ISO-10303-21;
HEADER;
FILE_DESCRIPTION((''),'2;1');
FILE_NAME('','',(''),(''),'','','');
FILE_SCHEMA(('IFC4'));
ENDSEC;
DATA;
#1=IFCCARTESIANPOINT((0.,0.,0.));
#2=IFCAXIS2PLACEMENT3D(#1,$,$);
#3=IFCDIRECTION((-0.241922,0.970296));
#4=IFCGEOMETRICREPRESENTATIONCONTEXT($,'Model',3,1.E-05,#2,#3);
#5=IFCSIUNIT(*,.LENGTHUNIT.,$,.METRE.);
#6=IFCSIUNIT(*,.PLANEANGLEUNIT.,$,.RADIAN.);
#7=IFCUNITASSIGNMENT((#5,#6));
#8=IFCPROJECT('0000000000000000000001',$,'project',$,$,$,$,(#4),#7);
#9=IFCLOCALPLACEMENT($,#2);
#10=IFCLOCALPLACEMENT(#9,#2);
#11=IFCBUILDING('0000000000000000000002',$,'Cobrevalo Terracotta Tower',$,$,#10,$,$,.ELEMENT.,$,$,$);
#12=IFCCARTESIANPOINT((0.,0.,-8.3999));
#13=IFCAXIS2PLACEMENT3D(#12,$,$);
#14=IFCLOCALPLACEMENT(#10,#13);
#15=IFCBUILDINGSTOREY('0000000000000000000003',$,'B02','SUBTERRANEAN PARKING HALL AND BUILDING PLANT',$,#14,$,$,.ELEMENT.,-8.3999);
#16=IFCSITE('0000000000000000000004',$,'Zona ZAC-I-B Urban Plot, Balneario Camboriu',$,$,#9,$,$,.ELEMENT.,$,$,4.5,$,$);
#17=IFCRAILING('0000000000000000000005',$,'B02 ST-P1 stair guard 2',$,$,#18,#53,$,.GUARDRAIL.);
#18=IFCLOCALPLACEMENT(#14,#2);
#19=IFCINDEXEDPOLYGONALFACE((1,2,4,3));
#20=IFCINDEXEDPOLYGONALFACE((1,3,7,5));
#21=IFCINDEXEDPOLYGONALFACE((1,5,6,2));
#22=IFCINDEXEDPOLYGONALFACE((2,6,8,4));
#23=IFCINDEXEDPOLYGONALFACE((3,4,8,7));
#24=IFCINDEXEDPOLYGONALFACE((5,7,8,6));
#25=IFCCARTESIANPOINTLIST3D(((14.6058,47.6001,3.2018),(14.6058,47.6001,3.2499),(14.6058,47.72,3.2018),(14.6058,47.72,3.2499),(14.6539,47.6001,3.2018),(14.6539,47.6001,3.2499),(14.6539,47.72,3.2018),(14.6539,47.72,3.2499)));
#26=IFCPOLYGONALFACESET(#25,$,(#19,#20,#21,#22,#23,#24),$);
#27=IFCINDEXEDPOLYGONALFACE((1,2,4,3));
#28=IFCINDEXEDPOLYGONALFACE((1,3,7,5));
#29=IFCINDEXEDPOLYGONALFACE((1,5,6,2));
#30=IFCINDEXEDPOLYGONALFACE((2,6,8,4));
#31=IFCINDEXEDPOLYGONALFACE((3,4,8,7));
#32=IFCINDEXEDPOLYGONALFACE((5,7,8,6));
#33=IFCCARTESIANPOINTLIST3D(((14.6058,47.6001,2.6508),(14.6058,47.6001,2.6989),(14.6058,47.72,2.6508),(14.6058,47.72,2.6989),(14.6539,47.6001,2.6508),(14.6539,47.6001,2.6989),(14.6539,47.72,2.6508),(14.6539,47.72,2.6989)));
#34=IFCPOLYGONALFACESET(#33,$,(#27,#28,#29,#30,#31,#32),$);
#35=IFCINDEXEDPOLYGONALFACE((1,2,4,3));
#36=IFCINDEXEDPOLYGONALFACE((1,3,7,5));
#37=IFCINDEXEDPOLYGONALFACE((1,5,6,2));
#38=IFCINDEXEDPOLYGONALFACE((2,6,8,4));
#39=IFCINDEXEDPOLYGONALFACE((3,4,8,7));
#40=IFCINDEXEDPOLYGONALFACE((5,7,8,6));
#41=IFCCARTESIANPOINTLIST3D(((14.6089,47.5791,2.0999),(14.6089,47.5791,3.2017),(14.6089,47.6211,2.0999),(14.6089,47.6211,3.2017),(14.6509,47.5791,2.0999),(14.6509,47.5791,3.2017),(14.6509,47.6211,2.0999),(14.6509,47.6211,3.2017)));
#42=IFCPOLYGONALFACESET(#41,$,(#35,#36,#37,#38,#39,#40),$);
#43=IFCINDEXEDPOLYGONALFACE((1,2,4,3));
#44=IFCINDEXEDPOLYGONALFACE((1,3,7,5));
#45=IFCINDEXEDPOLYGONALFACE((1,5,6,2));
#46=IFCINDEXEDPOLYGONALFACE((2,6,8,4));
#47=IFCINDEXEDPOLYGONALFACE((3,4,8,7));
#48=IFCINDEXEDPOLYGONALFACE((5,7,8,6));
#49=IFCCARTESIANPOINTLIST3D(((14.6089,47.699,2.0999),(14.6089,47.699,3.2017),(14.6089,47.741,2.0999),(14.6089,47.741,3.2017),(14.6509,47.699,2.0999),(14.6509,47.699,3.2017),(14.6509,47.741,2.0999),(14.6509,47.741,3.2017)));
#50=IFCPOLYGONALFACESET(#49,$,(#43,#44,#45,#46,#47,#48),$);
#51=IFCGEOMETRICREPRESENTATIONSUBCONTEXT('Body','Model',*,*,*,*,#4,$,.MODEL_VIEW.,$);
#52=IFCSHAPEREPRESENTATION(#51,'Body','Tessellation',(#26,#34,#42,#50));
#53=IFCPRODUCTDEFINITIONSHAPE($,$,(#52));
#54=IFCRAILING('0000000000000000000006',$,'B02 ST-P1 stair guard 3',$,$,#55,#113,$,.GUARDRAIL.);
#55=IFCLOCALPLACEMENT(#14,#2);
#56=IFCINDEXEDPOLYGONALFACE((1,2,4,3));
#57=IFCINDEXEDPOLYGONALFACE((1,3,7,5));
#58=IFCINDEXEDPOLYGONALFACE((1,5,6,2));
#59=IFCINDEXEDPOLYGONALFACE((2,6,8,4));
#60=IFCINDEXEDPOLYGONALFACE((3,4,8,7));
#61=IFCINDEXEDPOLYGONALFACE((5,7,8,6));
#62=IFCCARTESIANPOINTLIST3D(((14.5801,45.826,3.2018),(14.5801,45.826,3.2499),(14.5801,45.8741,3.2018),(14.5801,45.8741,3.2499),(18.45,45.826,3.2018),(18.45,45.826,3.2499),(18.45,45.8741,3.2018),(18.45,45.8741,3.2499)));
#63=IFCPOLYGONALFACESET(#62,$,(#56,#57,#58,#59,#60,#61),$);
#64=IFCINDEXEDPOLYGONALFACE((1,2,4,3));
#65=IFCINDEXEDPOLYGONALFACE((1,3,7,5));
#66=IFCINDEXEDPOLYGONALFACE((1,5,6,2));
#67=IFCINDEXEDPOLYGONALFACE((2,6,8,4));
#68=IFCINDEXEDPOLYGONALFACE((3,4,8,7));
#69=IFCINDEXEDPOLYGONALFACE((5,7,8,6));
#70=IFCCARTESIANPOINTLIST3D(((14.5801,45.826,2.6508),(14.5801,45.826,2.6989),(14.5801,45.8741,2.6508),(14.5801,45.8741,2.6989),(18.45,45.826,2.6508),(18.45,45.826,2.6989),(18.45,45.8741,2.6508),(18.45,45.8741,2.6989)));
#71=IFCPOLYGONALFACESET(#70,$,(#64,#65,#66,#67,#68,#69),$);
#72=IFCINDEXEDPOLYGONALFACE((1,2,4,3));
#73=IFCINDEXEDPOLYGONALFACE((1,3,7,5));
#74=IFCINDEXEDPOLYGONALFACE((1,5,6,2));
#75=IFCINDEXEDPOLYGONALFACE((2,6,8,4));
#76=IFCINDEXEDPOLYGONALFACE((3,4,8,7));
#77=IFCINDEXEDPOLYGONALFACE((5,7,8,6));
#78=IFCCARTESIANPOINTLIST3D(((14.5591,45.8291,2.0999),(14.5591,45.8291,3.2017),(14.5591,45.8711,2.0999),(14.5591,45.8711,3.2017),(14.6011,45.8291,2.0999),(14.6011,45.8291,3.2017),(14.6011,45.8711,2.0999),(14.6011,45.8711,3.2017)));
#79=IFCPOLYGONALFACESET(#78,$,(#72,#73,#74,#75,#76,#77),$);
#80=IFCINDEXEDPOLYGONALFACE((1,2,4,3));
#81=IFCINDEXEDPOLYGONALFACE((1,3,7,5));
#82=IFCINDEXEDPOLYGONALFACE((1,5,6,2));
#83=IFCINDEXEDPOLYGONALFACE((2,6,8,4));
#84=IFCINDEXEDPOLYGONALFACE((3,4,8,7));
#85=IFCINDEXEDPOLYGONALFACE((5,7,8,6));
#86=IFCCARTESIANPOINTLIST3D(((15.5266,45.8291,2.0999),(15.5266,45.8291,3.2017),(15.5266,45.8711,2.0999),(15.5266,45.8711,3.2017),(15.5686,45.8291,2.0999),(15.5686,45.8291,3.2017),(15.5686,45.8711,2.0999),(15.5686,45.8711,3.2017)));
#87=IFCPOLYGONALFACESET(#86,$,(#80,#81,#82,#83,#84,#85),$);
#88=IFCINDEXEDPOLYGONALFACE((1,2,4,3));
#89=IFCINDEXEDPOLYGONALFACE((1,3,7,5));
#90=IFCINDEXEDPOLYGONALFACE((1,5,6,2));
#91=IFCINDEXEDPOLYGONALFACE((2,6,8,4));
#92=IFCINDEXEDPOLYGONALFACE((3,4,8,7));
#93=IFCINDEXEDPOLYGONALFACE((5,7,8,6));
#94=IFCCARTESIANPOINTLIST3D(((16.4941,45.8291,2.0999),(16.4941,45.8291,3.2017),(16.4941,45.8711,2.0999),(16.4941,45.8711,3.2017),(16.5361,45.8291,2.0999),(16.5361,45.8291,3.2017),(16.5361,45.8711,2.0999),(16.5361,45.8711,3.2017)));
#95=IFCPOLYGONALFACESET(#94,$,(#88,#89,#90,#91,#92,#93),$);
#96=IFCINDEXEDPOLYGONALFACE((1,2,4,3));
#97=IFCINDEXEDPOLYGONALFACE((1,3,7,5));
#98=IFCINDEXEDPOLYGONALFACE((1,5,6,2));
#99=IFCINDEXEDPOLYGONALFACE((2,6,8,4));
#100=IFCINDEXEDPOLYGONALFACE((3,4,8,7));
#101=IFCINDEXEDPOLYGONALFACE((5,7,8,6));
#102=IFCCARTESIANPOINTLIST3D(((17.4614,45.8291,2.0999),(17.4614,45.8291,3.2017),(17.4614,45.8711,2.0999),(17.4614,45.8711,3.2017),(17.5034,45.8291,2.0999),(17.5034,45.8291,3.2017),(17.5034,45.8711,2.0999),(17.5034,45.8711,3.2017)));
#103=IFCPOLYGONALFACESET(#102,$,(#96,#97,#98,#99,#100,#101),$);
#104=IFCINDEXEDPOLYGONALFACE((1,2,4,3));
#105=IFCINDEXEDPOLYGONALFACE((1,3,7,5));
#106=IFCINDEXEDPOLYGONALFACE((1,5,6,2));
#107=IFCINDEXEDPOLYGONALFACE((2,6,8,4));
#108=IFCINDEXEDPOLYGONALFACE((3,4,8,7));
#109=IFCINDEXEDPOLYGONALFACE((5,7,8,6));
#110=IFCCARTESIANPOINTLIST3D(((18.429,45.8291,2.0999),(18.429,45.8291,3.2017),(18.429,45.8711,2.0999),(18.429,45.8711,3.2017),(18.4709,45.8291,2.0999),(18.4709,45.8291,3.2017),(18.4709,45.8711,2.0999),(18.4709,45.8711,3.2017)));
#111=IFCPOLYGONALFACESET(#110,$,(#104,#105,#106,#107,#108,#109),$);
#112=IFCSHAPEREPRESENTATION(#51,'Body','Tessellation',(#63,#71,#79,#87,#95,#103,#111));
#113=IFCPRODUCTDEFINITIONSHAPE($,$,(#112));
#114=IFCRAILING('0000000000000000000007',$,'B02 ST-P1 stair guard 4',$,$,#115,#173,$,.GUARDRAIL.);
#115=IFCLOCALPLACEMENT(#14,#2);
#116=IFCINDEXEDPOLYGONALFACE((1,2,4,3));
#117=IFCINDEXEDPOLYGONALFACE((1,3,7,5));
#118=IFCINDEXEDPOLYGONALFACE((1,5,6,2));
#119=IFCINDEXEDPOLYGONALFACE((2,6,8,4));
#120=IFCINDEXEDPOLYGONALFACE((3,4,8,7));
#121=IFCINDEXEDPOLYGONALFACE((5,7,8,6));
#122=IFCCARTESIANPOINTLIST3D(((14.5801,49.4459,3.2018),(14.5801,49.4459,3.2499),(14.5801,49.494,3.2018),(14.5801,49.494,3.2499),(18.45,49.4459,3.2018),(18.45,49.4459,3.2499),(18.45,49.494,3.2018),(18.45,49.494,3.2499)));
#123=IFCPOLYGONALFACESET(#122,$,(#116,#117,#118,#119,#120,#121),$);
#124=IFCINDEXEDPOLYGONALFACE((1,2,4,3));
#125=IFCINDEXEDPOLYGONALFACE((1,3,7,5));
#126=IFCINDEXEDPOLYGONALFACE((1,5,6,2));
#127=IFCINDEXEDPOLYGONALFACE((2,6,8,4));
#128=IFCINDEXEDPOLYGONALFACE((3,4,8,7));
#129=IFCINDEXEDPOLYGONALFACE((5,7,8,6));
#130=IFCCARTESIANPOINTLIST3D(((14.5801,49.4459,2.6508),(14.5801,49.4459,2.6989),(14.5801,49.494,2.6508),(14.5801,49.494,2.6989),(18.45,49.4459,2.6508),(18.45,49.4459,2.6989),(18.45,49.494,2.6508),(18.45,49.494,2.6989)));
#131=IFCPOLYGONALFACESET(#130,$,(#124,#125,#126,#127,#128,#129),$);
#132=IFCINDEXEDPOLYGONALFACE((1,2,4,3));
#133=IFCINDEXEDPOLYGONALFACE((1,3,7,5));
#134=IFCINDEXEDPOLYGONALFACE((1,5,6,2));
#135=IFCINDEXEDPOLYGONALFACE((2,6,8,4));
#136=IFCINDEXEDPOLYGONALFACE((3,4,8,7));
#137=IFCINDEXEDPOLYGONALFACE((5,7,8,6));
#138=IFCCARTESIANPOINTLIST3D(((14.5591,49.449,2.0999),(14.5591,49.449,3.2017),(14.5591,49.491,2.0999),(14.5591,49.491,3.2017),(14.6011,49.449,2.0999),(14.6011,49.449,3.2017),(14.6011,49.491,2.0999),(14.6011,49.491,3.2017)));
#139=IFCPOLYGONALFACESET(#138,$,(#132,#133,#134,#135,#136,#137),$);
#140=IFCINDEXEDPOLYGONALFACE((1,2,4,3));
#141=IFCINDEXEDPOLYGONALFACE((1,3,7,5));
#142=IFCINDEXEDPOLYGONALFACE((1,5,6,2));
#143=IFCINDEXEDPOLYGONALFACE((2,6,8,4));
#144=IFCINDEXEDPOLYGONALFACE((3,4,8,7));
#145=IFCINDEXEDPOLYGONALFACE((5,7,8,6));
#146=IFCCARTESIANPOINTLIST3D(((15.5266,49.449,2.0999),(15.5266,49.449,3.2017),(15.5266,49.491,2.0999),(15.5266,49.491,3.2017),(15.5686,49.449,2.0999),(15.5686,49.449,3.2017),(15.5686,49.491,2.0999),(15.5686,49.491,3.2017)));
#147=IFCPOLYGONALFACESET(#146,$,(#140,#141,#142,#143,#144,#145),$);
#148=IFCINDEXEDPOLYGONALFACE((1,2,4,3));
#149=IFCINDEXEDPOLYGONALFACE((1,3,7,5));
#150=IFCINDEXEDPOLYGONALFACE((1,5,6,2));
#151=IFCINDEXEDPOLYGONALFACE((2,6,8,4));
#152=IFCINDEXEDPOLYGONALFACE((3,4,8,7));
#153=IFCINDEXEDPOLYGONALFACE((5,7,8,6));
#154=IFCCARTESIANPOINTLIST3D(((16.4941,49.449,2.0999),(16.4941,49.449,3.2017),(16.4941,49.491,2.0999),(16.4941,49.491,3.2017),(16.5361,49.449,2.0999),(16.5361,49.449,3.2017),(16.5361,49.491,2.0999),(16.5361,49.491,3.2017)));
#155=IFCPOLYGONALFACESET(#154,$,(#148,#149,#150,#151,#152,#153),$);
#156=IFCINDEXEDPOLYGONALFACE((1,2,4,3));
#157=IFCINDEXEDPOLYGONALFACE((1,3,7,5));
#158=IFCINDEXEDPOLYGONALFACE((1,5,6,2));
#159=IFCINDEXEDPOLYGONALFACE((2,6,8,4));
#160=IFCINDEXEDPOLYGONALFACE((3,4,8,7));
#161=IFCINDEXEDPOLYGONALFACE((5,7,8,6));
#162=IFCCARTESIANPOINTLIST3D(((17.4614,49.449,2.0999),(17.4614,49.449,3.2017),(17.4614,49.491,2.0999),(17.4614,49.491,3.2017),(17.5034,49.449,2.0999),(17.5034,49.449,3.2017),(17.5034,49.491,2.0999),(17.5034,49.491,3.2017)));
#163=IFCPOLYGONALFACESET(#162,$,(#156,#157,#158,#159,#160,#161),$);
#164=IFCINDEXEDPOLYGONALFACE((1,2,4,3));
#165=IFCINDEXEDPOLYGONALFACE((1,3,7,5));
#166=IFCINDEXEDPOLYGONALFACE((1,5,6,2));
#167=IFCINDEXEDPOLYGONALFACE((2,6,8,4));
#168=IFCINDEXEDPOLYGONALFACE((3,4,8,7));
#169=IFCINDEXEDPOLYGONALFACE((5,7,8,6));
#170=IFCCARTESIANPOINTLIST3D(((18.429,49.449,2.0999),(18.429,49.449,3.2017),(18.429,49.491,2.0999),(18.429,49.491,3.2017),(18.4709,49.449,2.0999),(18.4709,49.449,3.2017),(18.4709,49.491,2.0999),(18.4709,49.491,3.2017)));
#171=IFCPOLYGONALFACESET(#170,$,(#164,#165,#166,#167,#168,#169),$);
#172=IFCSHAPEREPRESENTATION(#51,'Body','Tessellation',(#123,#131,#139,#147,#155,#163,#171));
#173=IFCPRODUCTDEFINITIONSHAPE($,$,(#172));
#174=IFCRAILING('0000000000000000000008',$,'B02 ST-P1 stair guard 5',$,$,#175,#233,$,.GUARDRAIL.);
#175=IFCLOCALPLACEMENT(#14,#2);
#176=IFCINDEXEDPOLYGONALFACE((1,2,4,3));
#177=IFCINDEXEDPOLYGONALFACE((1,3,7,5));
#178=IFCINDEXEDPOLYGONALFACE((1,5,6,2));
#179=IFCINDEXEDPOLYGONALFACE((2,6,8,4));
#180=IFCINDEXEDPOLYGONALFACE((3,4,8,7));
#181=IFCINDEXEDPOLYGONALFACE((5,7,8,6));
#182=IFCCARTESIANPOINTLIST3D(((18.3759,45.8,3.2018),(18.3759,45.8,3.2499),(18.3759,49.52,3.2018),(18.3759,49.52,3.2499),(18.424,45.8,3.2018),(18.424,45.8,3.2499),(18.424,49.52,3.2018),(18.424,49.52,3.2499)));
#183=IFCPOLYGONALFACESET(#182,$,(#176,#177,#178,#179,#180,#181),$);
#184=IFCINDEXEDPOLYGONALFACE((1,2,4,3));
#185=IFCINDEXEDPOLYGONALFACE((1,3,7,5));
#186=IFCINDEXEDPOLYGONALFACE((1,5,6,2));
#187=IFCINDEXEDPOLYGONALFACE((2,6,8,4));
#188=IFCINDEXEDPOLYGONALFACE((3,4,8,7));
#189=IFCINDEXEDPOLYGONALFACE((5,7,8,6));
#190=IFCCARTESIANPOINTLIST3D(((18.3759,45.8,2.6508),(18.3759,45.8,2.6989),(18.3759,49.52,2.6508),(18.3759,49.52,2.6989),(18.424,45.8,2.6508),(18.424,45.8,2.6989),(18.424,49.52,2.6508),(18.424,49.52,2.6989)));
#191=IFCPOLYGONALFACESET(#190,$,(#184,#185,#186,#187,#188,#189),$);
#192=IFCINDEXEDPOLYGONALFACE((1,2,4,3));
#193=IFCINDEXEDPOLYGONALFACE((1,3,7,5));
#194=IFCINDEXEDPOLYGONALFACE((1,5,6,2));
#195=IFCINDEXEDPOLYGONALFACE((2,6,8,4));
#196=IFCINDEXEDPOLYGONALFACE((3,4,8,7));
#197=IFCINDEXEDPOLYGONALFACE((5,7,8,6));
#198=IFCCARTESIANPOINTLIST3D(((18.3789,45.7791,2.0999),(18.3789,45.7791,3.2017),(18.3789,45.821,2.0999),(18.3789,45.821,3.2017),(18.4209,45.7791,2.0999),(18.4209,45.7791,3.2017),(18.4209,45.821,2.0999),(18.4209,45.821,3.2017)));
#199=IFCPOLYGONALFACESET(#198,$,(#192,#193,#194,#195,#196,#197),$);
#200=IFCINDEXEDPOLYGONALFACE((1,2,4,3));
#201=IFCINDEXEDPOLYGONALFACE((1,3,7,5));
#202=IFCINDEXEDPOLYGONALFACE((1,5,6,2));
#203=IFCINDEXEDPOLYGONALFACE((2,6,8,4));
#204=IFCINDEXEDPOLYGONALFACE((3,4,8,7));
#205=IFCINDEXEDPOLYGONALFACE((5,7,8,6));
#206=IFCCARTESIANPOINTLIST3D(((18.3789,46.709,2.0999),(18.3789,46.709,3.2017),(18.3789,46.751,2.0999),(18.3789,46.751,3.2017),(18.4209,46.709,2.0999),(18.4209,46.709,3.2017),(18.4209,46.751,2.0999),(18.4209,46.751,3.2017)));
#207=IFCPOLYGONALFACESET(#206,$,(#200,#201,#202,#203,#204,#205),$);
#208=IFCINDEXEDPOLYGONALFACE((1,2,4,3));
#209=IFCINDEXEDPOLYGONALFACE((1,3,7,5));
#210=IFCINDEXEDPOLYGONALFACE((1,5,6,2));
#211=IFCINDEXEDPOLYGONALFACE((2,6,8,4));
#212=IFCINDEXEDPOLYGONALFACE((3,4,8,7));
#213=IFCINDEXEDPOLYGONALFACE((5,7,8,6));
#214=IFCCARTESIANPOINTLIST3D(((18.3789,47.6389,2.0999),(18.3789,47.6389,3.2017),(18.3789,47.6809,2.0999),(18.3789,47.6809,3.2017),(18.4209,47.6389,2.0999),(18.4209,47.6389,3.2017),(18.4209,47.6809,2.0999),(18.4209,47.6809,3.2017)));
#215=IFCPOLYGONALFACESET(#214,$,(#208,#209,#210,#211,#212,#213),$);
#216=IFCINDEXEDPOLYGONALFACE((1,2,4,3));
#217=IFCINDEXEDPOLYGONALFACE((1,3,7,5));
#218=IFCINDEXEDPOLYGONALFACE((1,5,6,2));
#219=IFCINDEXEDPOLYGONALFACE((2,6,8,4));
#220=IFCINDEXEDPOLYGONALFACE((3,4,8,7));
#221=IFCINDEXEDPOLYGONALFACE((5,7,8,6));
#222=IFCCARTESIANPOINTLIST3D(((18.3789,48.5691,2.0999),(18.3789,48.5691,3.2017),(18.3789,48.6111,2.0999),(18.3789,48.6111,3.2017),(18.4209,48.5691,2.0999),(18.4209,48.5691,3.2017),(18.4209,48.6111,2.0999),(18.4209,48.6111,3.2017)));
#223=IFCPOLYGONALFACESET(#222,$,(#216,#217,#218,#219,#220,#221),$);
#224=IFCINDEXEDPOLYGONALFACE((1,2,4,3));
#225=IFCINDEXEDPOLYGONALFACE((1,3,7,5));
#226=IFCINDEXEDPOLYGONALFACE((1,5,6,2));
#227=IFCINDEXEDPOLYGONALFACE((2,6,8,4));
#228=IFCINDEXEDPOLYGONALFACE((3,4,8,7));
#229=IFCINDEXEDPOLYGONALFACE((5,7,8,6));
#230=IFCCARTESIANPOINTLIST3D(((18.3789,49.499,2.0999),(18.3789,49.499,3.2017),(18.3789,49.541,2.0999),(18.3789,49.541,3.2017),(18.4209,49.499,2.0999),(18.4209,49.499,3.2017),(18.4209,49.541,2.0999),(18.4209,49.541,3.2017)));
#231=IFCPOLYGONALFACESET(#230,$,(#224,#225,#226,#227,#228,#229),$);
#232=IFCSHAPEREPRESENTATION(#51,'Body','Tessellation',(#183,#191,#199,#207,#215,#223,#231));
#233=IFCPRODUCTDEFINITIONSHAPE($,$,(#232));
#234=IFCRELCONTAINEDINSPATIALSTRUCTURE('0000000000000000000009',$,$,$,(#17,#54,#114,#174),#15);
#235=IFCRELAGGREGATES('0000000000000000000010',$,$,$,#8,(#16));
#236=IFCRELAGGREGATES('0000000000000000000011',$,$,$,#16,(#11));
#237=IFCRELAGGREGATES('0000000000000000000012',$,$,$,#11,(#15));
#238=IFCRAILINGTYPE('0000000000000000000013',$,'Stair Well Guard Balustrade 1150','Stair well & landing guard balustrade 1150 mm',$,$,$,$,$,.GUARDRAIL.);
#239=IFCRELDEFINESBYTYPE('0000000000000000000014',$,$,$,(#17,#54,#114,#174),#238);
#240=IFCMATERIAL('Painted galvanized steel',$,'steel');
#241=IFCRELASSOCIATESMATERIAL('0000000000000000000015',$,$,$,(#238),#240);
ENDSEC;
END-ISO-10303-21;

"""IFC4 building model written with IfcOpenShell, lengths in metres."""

from ifc_helpers import new_model, si_unit, direction, frame, origin, origin_2d, place, context, subcontext, project, spatial, rectangle, extrude, material, type_object, element, save


model = new_model("IFC4")

# Units and contexts
model_context = context("Model", 3, precision=1e-05, world=origin(), true_north=direction((-0.241922, 0.970296)))
body_context = subcontext(model_context, "Body", "Model", "MODEL_VIEW")
ifc_project = project(units=[si_unit("LENGTHUNIT", "METRE"), si_unit("PLANEANGLEUNIT", "RADIAN")], contexts=[model_context])

# Site, building, storey
site_placement = place(None, origin())
site = spatial("IfcSite", under=ifc_project, at=site_placement, Name="Zona ZAC-I-B Urban Plot, Balneario Camboriu", CompositionType="ELEMENT", RefElevation=4.5)
building_placement = place(site_placement, origin())
building = spatial("IfcBuilding", under=site, at=building_placement, Name="Cobrevalo Terracotta Tower", CompositionType="ELEMENT")
storey_placement = place(building_placement, frame((0.0, 0.0, -8.3999)))
storey = spatial("IfcBuildingStorey", under=building, at=storey_placement, Name="B02", Description="SUBTERRANEAN PARKING HALL AND BUILDING PLANT", CompositionType="ELEMENT", Elevation=-8.3999)

# Railings
ifc_material_1 = material(Name="Painted galvanized steel", Category="steel")
railing_type_1 = type_object("IfcRailingType", Name="Stair Well Guard Balustrade 1150", Description="Stair well & landing guard balustrade 1150 mm", PredefinedType="GUARDRAIL", material=ifc_material_1)
railing_1_placement = place(storey_placement, frame((14.6299, 47.6001, 2.0999)))
element("IfcRailing", 1, at=railing_1_placement, inside=storey, type_object=railing_type_1, Name="B02 ST-P1 stair guard 2", PredefinedType="GUARDRAIL", context=body_context, shape_type="SweptSolid", body=[
    extrude(rectangle(XDim=0.0481, YDim=0.0481, at=origin_2d()), frame((0.0, 0.0, 1.126), z_axis=(0.0, 1.0, 0.0), x_axis=(-1.0, 0.0, 0.0)), (0.0, 0.0, 1.0), 0.1199),
    extrude(rectangle(XDim=0.0481, YDim=0.0481, at=origin_2d()), frame((0.0, 0.0, 0.575), z_axis=(0.0, 1.0, 0.0), x_axis=(-1.0, 0.0, 0.0)), (0.0, 0.0, 1.0), 0.1199),
    extrude(rectangle(XDim=0.042, YDim=0.042, at=origin_2d()), origin(), (0.0, 0.0, 1.0), 1.1018),
    extrude(rectangle(XDim=0.042, YDim=0.042, at=origin_2d()), frame((0.0, 0.1199, 0.0)), (0.0, 0.0, 1.0), 1.1018),
])
for number, where, name in (
    (2, (14.5801, 45.8501, 2.0999), "B02 ST-P1 stair guard 3"),
    (3, (14.5801, 49.47, 2.0999), "B02 ST-P1 stair guard 4"),
):
    element("IfcRailing", number, at=place(storey_placement, frame(where)), inside=storey, type_object=railing_type_1, Name=name, PredefinedType="GUARDRAIL", context=body_context, shape_type="SweptSolid", body=[
        extrude(rectangle(XDim=0.0481, YDim=0.0481, at=origin_2d()), frame((0.0, 0.0, 1.126), z_axis=(1.0, 0.0, 0.0), x_axis=(0.0, 1.0, 0.0)), (0.0, 0.0, 1.0), 3.8699),
        extrude(rectangle(XDim=0.0481, YDim=0.0481, at=origin_2d()), frame((0.0, 0.0, 0.575), z_axis=(1.0, 0.0, 0.0), x_axis=(0.0, 1.0, 0.0)), (0.0, 0.0, 1.0), 3.8699),
        extrude(rectangle(XDim=0.042, YDim=0.042, at=origin_2d()), origin(), (0.0, 0.0, 1.0), 1.1018),
        extrude(rectangle(XDim=0.042, YDim=0.042, at=origin_2d()), frame((0.9675, 0.0, 0.0)), (0.0, 0.0, 1.0), 1.1018),
        extrude(rectangle(XDim=0.042, YDim=0.042, at=origin_2d()), frame((1.9351, 0.0, 0.0)), (0.0, 0.0, 1.0), 1.1018),
        extrude(rectangle(XDim=0.042, YDim=0.042, at=origin_2d()), frame((2.9023, 0.0, 0.0)), (0.0, 0.0, 1.0), 1.1018),
        extrude(rectangle(XDim=0.042, YDim=0.042, at=origin_2d()), frame((3.8699, 0.0, 0.0)), (0.0, 0.0, 1.0), 1.1018),
    ])
railing_2_placement = place(storey_placement, frame((18.3999, 45.8, 2.0999)))
element("IfcRailing", 4, at=railing_2_placement, inside=storey, type_object=railing_type_1, Name="B02 ST-P1 stair guard 5", PredefinedType="GUARDRAIL", context=body_context, shape_type="SweptSolid", body=[
    extrude(rectangle(XDim=0.0481, YDim=0.0481, at=origin_2d()), frame((0.0, 0.0, 1.126), z_axis=(0.0, 1.0, 0.0), x_axis=(-1.0, 0.0, 0.0)), (0.0, 0.0, 1.0), 3.72),
    extrude(rectangle(XDim=0.0481, YDim=0.0481, at=origin_2d()), frame((0.0, 0.0, 0.575), z_axis=(0.0, 1.0, 0.0), x_axis=(-1.0, 0.0, 0.0)), (0.0, 0.0, 1.0), 3.72),
    extrude(rectangle(XDim=0.042, YDim=0.042, at=origin_2d()), origin(), (0.0, 0.0, 1.0), 1.1018),
    extrude(rectangle(XDim=0.042, YDim=0.042, at=origin_2d()), frame((0.0, 0.9299, 0.0)), (0.0, 0.0, 1.0), 1.1018),
    extrude(rectangle(XDim=0.042, YDim=0.042, at=origin_2d()), frame((0.0, 1.8599, 0.0)), (0.0, 0.0, 1.0), 1.1018),
    extrude(rectangle(XDim=0.042, YDim=0.042, at=origin_2d()), frame((0.0, 2.79, 0.0)), (0.0, 0.0, 1.0), 1.1018),
    extrude(rectangle(XDim=0.042, YDim=0.042, at=origin_2d()), frame((0.0, 3.72, 0.0)), (0.0, 0.0, 1.0), 1.1018),
])

save(model, "model.ifc")
